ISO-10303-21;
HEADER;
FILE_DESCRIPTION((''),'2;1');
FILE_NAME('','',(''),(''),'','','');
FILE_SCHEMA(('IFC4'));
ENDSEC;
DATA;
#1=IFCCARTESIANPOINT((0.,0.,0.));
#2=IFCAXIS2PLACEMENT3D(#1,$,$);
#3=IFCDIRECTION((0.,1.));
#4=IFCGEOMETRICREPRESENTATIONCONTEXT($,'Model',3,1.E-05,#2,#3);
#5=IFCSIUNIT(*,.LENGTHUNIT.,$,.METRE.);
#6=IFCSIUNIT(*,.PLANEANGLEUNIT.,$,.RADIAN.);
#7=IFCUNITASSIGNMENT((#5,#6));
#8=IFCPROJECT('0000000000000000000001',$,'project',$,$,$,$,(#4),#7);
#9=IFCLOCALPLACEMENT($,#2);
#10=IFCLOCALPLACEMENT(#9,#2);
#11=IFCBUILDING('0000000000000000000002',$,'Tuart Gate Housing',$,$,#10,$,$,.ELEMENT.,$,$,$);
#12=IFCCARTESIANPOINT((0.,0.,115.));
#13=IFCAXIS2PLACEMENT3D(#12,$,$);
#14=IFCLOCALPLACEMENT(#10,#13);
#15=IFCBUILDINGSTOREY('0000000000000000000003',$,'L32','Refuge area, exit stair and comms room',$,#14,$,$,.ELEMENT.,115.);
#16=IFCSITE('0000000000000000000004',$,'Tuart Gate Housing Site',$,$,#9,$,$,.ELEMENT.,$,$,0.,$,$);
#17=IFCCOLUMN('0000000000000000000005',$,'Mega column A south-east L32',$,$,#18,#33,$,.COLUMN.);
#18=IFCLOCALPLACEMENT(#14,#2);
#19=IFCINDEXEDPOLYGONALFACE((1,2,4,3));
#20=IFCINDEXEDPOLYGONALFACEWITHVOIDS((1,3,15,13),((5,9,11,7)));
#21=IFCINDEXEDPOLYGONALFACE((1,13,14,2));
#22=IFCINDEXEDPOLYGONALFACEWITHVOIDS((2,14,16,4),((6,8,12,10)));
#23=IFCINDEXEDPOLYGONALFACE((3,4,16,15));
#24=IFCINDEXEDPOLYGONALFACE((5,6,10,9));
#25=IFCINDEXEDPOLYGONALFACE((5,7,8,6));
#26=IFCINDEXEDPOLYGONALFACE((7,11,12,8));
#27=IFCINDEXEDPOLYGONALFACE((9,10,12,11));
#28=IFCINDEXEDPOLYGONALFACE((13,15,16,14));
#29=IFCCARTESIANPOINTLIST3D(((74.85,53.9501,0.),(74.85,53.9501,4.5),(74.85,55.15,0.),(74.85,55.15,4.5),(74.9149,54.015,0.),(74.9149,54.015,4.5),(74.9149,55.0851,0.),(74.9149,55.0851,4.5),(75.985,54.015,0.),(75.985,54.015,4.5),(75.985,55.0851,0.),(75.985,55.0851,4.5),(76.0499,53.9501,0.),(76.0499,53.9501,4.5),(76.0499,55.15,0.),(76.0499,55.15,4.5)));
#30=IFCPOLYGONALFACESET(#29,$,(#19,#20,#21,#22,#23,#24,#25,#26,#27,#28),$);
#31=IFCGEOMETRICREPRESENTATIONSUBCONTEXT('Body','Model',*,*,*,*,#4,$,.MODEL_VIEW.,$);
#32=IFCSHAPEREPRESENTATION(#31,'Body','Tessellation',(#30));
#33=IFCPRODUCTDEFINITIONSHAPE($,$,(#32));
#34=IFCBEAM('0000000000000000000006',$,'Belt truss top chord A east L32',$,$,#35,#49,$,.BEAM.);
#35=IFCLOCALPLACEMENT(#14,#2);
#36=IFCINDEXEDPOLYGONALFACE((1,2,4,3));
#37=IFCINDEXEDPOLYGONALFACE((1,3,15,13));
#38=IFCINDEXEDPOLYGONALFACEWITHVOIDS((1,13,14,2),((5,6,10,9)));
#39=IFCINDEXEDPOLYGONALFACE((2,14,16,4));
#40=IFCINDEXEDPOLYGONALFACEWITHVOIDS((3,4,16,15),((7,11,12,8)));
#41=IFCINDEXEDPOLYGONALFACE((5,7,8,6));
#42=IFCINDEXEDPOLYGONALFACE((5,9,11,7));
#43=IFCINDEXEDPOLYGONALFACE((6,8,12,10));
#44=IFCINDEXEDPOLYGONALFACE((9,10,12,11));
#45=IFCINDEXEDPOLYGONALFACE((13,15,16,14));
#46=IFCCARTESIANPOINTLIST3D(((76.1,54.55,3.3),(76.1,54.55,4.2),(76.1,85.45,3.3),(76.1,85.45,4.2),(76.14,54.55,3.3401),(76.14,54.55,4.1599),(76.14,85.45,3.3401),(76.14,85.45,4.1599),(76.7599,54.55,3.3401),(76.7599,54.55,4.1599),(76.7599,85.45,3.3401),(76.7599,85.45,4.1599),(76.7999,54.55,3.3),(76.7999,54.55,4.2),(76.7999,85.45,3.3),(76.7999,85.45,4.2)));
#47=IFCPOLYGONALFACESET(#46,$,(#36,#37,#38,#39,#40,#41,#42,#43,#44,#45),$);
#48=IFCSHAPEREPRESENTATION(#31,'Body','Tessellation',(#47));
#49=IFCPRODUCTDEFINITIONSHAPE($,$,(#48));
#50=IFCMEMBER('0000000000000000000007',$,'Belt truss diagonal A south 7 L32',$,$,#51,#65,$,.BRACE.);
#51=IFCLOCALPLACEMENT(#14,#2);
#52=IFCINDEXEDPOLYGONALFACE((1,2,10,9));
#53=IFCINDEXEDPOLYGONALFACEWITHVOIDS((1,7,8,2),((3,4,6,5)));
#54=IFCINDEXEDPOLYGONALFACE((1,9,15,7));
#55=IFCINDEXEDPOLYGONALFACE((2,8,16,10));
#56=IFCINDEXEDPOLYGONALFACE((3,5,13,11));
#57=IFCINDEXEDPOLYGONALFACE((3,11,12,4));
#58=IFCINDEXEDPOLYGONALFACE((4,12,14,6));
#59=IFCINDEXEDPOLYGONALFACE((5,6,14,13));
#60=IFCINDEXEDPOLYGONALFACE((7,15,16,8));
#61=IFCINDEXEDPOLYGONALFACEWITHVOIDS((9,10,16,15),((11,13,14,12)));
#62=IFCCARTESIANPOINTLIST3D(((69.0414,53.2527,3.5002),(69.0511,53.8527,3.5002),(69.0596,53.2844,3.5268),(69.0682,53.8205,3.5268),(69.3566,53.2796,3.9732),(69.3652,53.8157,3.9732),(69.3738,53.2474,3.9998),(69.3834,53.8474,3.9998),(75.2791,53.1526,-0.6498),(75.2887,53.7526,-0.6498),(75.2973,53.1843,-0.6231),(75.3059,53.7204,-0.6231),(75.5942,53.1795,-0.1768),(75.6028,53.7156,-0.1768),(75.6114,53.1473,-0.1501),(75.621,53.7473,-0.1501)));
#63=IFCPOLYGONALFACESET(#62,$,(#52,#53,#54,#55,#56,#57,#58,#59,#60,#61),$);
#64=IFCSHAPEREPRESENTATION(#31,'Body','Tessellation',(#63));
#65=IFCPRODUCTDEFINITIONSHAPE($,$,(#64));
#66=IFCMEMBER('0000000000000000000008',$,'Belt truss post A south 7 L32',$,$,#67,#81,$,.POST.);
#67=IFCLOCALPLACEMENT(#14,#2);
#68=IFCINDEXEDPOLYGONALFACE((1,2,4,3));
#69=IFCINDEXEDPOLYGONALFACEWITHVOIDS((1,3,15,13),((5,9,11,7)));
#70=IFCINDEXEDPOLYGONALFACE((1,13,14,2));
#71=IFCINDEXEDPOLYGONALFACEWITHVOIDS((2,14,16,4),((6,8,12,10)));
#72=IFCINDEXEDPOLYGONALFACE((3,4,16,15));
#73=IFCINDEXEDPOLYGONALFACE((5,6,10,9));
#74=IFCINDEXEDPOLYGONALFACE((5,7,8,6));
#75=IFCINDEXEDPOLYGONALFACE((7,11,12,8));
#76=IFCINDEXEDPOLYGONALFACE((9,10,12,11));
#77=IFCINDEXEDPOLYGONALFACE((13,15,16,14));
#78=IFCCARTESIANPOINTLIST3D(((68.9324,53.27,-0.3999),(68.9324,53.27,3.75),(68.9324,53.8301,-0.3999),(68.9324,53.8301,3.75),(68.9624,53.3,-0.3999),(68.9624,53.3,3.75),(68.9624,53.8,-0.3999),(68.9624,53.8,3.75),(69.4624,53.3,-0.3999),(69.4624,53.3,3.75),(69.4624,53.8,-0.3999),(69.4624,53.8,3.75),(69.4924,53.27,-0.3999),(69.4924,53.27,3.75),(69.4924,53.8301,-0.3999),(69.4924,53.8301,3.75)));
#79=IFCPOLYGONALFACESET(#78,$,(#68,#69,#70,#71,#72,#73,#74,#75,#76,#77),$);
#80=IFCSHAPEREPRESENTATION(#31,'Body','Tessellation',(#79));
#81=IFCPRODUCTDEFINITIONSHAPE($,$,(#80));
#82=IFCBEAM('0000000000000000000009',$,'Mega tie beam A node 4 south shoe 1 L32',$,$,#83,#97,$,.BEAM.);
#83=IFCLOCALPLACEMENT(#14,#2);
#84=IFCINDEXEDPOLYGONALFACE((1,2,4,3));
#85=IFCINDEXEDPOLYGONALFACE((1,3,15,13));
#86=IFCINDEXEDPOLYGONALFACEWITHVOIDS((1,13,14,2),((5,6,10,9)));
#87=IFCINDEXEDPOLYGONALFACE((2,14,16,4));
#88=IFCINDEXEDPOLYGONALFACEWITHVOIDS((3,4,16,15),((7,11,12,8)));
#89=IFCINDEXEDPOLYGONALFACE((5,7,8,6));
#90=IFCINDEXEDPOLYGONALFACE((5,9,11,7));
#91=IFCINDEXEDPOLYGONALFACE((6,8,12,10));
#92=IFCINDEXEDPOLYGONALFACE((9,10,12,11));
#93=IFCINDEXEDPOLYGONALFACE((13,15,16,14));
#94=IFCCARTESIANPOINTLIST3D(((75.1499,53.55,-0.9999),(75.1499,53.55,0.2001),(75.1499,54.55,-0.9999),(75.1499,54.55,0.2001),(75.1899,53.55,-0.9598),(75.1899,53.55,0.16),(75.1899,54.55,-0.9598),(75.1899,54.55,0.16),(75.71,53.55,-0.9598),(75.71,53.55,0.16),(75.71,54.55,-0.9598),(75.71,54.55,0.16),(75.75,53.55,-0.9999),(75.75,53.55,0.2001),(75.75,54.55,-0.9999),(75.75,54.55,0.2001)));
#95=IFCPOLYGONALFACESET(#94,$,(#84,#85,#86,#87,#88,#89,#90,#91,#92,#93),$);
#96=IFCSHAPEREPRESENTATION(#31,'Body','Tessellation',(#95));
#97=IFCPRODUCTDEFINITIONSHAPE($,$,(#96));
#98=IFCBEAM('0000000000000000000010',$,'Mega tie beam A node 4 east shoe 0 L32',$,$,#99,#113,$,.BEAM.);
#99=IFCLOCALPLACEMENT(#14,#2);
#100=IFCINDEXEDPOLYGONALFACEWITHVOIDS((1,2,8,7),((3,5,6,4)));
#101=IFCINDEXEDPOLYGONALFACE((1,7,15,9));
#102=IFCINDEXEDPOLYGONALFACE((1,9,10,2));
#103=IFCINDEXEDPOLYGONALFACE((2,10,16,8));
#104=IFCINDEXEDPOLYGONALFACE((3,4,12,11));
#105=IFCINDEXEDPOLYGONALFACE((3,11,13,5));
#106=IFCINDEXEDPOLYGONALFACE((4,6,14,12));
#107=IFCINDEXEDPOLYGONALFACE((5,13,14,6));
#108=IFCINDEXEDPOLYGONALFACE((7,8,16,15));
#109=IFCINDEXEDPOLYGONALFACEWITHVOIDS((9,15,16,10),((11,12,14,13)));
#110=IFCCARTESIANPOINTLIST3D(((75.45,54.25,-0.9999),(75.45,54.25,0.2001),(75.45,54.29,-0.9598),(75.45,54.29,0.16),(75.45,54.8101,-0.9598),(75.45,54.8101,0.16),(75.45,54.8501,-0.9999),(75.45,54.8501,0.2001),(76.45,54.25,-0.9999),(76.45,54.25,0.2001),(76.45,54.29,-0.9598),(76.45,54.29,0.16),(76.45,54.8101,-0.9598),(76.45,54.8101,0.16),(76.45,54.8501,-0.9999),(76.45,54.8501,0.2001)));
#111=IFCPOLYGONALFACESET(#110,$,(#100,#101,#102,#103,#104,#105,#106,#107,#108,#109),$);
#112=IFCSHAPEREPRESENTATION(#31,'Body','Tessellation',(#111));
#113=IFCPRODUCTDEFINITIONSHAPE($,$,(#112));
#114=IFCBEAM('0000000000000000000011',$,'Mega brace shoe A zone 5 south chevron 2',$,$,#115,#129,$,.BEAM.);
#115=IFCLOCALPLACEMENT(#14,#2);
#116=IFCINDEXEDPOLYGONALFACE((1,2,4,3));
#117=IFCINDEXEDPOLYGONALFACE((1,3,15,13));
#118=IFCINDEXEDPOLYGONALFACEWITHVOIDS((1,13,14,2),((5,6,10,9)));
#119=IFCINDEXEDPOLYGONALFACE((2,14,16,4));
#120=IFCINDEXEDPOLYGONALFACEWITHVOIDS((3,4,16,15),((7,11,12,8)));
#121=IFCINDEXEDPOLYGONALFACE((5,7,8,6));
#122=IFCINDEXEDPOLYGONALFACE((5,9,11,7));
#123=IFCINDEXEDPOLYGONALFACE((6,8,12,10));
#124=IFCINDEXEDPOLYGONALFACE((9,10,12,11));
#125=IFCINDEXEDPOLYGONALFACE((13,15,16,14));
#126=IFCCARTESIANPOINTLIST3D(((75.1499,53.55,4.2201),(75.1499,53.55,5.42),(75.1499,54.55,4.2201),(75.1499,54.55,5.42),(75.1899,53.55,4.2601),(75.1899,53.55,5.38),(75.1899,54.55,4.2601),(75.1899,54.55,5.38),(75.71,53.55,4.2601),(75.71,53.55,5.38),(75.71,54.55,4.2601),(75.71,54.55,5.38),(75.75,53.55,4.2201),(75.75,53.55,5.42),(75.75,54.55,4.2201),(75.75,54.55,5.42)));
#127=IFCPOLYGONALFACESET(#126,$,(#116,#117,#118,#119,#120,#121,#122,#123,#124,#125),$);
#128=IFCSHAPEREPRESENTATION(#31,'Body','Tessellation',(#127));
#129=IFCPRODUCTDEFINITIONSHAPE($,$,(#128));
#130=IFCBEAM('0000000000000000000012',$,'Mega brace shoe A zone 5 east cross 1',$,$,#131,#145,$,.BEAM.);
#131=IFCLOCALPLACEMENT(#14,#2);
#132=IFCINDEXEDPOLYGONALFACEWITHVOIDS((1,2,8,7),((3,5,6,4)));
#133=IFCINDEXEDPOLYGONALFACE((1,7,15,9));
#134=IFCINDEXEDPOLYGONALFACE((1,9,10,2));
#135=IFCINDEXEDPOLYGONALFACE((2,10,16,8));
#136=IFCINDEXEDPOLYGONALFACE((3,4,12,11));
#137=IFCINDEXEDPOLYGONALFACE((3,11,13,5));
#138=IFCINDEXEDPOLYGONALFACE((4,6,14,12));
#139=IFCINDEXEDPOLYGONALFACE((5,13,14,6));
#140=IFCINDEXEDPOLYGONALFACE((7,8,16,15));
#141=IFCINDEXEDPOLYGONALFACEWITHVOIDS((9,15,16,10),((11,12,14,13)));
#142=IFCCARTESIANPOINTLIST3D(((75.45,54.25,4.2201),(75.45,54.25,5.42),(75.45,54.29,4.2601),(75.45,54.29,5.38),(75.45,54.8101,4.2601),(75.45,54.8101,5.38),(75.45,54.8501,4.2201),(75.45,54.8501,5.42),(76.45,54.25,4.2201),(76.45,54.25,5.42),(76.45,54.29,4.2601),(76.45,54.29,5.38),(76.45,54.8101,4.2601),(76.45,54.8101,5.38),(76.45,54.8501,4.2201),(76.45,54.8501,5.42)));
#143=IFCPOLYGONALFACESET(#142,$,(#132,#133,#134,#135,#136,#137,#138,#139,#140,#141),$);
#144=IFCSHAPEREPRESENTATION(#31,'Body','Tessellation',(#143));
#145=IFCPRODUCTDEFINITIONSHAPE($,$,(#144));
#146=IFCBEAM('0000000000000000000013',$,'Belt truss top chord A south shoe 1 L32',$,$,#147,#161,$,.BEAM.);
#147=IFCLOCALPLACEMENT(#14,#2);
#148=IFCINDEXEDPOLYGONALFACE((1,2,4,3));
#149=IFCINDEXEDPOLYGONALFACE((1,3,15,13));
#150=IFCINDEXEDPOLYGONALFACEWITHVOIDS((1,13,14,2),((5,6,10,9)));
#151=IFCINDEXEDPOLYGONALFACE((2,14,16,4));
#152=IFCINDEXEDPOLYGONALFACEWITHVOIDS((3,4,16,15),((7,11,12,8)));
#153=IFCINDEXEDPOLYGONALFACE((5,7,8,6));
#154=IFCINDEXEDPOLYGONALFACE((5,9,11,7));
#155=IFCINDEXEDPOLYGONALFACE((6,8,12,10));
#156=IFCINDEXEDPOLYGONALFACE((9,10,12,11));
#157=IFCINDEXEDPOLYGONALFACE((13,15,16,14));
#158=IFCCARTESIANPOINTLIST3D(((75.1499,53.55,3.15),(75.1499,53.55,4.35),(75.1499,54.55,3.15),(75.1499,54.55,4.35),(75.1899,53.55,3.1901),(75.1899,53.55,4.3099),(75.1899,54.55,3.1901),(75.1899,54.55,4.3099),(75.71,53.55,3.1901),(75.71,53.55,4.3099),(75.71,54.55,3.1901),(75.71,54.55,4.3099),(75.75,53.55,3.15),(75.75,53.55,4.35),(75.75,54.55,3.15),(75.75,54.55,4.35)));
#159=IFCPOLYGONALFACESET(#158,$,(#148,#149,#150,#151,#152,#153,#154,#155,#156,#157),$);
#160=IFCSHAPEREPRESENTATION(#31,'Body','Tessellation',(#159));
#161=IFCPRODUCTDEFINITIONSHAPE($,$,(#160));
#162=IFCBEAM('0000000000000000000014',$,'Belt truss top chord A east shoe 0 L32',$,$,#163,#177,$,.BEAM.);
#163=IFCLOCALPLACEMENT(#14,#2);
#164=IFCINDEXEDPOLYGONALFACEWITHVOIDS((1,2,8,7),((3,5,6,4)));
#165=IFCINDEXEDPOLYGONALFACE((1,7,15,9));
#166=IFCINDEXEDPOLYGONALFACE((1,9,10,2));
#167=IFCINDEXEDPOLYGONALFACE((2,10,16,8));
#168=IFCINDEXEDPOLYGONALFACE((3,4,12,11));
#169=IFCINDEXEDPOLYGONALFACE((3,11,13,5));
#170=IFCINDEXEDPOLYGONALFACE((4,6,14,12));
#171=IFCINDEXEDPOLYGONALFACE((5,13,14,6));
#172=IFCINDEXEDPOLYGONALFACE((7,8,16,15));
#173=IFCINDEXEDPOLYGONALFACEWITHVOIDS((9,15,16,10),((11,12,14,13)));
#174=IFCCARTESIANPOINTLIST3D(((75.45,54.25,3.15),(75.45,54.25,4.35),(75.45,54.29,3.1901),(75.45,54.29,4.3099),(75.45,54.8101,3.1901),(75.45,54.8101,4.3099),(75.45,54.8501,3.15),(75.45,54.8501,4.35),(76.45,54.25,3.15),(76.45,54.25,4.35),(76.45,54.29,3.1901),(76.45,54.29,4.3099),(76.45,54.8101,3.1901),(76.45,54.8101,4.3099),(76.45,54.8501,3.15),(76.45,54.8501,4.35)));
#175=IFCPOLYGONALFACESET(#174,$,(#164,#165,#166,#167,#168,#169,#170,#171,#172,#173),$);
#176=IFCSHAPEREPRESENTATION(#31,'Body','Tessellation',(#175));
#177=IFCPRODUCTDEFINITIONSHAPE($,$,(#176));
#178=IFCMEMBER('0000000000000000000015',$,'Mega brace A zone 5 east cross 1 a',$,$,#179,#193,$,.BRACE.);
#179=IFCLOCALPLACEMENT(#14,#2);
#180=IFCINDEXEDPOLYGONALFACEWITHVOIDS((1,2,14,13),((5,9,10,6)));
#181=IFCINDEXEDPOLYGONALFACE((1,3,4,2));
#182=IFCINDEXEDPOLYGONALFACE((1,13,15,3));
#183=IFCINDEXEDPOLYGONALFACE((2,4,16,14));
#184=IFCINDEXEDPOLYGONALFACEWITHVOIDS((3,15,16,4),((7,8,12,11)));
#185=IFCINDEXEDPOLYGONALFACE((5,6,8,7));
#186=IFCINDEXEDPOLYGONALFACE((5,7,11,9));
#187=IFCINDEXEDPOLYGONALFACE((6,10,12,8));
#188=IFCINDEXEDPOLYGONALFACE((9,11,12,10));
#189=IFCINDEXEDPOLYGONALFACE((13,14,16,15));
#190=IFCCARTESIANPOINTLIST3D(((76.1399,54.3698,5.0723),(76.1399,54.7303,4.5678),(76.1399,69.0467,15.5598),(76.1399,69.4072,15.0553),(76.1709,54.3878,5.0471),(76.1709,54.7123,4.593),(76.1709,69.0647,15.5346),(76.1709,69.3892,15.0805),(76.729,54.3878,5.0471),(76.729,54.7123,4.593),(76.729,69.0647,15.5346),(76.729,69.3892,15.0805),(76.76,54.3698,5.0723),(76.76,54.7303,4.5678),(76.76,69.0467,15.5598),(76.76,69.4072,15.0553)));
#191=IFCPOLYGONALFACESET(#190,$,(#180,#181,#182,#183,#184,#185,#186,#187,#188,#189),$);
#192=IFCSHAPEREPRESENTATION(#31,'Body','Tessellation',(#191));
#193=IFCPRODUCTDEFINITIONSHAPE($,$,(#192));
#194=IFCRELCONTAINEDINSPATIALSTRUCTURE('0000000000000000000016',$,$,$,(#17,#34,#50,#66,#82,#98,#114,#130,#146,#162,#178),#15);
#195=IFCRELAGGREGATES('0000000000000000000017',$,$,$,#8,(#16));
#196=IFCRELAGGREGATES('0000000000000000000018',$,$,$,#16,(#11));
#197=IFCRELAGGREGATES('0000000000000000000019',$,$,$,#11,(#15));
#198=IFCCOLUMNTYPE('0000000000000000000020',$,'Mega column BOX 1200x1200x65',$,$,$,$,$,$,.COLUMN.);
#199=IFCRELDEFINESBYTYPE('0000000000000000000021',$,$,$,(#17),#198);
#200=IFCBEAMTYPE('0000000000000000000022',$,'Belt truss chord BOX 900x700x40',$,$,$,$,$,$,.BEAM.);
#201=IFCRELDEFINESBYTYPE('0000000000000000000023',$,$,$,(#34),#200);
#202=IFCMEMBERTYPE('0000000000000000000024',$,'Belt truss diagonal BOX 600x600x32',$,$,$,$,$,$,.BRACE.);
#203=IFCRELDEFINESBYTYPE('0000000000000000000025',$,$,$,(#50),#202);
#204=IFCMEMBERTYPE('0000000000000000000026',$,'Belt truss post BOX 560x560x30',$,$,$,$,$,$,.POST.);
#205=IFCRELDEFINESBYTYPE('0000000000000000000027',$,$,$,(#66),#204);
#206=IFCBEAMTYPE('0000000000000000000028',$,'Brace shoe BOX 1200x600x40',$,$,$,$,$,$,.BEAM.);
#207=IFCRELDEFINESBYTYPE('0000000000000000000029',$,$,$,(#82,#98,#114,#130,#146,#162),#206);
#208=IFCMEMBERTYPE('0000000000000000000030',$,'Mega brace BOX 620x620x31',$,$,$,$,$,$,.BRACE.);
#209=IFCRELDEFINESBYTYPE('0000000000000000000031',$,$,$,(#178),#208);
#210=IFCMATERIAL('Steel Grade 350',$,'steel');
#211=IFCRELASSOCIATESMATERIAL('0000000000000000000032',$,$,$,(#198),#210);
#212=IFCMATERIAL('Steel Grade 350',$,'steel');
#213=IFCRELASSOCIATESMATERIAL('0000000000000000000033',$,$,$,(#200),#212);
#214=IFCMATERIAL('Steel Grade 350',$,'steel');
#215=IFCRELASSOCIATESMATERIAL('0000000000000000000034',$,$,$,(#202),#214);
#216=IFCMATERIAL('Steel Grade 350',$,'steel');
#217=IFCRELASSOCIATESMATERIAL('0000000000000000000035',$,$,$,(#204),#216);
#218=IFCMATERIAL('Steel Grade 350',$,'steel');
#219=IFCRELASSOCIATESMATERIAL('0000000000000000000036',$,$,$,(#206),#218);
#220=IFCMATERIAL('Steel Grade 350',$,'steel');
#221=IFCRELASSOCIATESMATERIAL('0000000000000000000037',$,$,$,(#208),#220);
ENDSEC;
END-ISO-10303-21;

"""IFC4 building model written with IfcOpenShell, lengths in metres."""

from ifc_helpers import new_model, si_unit, direction, frame, origin, origin_2d, place, context, subcontext, project, spatial, hollow_rectangle, extrude, material, material_profile, profile_set, type_object, element, save


model = new_model("IFC4")

# Units and contexts
model_context = context("Model", 3, precision=1e-05, world=origin(), true_north=direction((0.0, 1.0)))
body_context = subcontext(model_context, "Body", "Model", "MODEL_VIEW")
ifc_project = project(units=[si_unit("LENGTHUNIT", "METRE"), si_unit("PLANEANGLEUNIT", "RADIAN")], contexts=[model_context])

# Site, building, storey
site_placement = place(None, origin())
site = spatial("IfcSite", under=ifc_project, at=site_placement, Name="Tuart Gate Housing Site", CompositionType="ELEMENT", RefElevation=0.0)
building_placement = place(site_placement, origin())
building = spatial("IfcBuilding", under=site, at=building_placement, Name="Tuart Gate Housing", CompositionType="ELEMENT")
storey_placement = place(building_placement, frame((0.0, 0.0, 115.0)))
storey = spatial("IfcBuildingStorey", under=building, at=storey_placement, Name="L32", Description="Refuge area, exit stair and comms room", CompositionType="ELEMENT", Elevation=115.0)

# Column
ifc_material_1 = material(Name="Steel Grade 350", Category="steel")
ifc_material_profile_1 = material_profile(ifc_material_1, hollow_rectangle(XDim=1.2, YDim=1.2, WallThickness=0.0649, at=origin_2d()), Name="BOX 1200x1200x65")
ifc_profile_set_1 = profile_set([ifc_material_profile_1], Name="Steel Grade 350")
column_type = type_object("IfcColumnType", Name="Mega column BOX 1200x1200x65", PredefinedType="COLUMN", material=ifc_profile_set_1)
column_placement = place(storey_placement, frame((75.45, 54.55, 0.0), z_axis=(0.0, 0.0, 1.0), x_axis=(1.0, 0.0, 0.0)))
element("IfcColumn", 1, at=column_placement, inside=storey, type_object=column_type, Name="Mega column A south-east L32", PredefinedType="COLUMN", context=body_context, shape_type="SweptSolid", body=[
    extrude(hollow_rectangle(XDim=1.2, YDim=1.2, WallThickness=0.0649, at=origin_2d()), origin(), (0.0, 0.0, 1.0), 4.5),
])

# Beam
ifc_material_2 = material(Name="Steel Grade 350", Category="steel")
ifc_material_profile_2 = material_profile(ifc_material_2, hollow_rectangle(XDim=0.7, YDim=0.8999, WallThickness=0.04, at=origin_2d()), Name="BOX 900x700x40")
ifc_profile_set_2 = profile_set([ifc_material_profile_2], Name="Steel Grade 350")
beam_type_1 = type_object("IfcBeamType", Name="Belt truss chord BOX 900x700x40", PredefinedType="BEAM", material=ifc_profile_set_2)
beam_1_placement = place(storey_placement, frame((76.45, 54.55, 3.75), z_axis=(0.0, 1.0, 0.0), x_axis=(-1.0, 0.0, 0.0)))
element("IfcBeam", 2, at=beam_1_placement, inside=storey, type_object=beam_type_1, Name="Belt truss top chord A east L32", PredefinedType="BEAM", context=body_context, shape_type="SweptSolid", body=[
    extrude(hollow_rectangle(XDim=0.7, YDim=0.8999, WallThickness=0.04, at=origin_2d()), origin(), (0.0, 0.0, 1.0), 30.8999),
])

# Members
ifc_material_3 = material(Name="Steel Grade 350", Category="steel")
ifc_material_profile_3 = material_profile(ifc_material_3, hollow_rectangle(XDim=0.6001, YDim=0.6001, WallThickness=0.032, at=origin_2d()), Name="BOX 600x600x32")
ifc_profile_set_3 = profile_set([ifc_material_profile_3], Name="Steel Grade 350")
member_type_1 = type_object("IfcMemberType", Name="Belt truss diagonal BOX 600x600x32", PredefinedType="BRACE", material=ifc_profile_set_3)
member_1_placement = place(storey_placement, frame((69.2124, 53.55, 3.75), z_axis=(0.832497, -0.01336, -0.553868), x_axis=(0.016046, 0.999871, 0.0)))
element("IfcMember", 3, at=member_1_placement, inside=storey, type_object=member_type_1, Name="Belt truss diagonal A south 7 L32", PredefinedType="BRACE", context=body_context, shape_type="SweptSolid", body=[
    extrude(hollow_rectangle(XDim=0.6001, YDim=0.6001, WallThickness=0.032, at=origin_2d()), origin(), (0.0, 0.0, 1.0), 7.4927),
])
ifc_material_4 = material(Name="Steel Grade 350", Category="steel")
ifc_material_profile_4 = material_profile(ifc_material_4, hollow_rectangle(XDim=0.5601, YDim=0.5601, WallThickness=0.03, at=origin_2d()), Name="BOX 560x560x30")
ifc_profile_set_4 = profile_set([ifc_material_profile_4], Name="Steel Grade 350")
member_type_2 = type_object("IfcMemberType", Name="Belt truss post BOX 560x560x30", PredefinedType="POST", material=ifc_profile_set_4)
member_2_placement = place(storey_placement, frame((69.2124, 53.55, -0.3999), z_axis=(0.0, 0.0, 1.0), x_axis=(1.0, 0.0, 0.0)))
element("IfcMember", 4, at=member_2_placement, inside=storey, type_object=member_type_2, Name="Belt truss post A south 7 L32", PredefinedType="POST", context=body_context, shape_type="SweptSolid", body=[
    extrude(hollow_rectangle(XDim=0.5601, YDim=0.5601, WallThickness=0.03, at=origin_2d()), origin(), (0.0, 0.0, 1.0), 4.1499),
])

# Beams
ifc_material_5 = material(Name="Steel Grade 350", Category="steel")
ifc_material_profile_5 = material_profile(ifc_material_5, hollow_rectangle(XDim=0.6001, YDim=1.2, WallThickness=0.04, at=origin_2d()), Name="BOX 1200x600x40")
ifc_profile_set_5 = profile_set([ifc_material_profile_5], Name="Steel Grade 350")
beam_type_2 = type_object("IfcBeamType", Name="Brace shoe BOX 1200x600x40", PredefinedType="BEAM", material=ifc_profile_set_5)
for number, where, z_axis, x_axis, name in (
    (5, (75.45, 54.55, -0.3999), (0.0, -1.0, 0.0), (1.0, 0.0, 0.0), "Mega tie beam A node 4 south shoe 1 L32"),
    (6, (75.45, 54.55, -0.3999), (1.0, 0.0, 0.0), (0.0, 1.0, 0.0), "Mega tie beam A node 4 east shoe 0 L32"),
    (7, (75.45, 54.55, 4.8201), (0.0, -1.0, 0.0), (1.0, 0.0, 0.0), "Mega brace shoe A zone 5 south chevron 2"),
    (8, (75.45, 54.55, 4.8201), (1.0, 0.0, 0.0), (0.0, 1.0, 0.0), "Mega brace shoe A zone 5 east cross 1"),
    (9, (75.45, 54.55, 3.75), (0.0, -1.0, 0.0), (1.0, 0.0, 0.0), "Belt truss top chord A south shoe 1 L32"),
    (10, (75.45, 54.55, 3.75), (1.0, 0.0, 0.0), (0.0, 1.0, 0.0), "Belt truss top chord A east shoe 0 L32"),
):
    element("IfcBeam", number, at=place(storey_placement, frame(where, z_axis=z_axis, x_axis=x_axis)), inside=storey, type_object=beam_type_2, Name=name, PredefinedType="BEAM", context=body_context, shape_type="SweptSolid", body=[
        extrude(hollow_rectangle(XDim=0.6001, YDim=1.2, WallThickness=0.04, at=origin_2d()), origin(), (0.0, 0.0, 1.0), 1.0),
    ])

# Member
ifc_material_6 = material(Name="Steel Grade 350", Category="steel")
ifc_material_profile_6 = material_profile(ifc_material_6, hollow_rectangle(XDim=0.6201, YDim=0.6201, WallThickness=0.031, at=origin_2d()), Name="BOX 620x620x31")
ifc_profile_set_6 = profile_set([ifc_material_profile_6], Name="Steel Grade 350")
member_type_3 = type_object("IfcMemberType", Name="Mega brace BOX 620x620x31", PredefinedType="BRACE", material=ifc_profile_set_6)
member_3_placement = place(storey_placement, frame((76.45, 54.55, 4.8201), z_axis=(0.0, 0.813629, 0.581384), x_axis=(-1.0, 0.0, 0.0)))
element("IfcMember", 11, at=member_3_placement, inside=storey, type_object=member_type_3, Name="Mega brace A zone 5 east cross 1 a", PredefinedType="BRACE", context=body_context, shape_type="SweptSolid", body=[
    extrude(hollow_rectangle(XDim=0.6201, YDim=0.6201, WallThickness=0.031, at=origin_2d()), origin(), (0.0, 0.0, 1.0), 18.0388),
])

save(model, "model.ifc")
